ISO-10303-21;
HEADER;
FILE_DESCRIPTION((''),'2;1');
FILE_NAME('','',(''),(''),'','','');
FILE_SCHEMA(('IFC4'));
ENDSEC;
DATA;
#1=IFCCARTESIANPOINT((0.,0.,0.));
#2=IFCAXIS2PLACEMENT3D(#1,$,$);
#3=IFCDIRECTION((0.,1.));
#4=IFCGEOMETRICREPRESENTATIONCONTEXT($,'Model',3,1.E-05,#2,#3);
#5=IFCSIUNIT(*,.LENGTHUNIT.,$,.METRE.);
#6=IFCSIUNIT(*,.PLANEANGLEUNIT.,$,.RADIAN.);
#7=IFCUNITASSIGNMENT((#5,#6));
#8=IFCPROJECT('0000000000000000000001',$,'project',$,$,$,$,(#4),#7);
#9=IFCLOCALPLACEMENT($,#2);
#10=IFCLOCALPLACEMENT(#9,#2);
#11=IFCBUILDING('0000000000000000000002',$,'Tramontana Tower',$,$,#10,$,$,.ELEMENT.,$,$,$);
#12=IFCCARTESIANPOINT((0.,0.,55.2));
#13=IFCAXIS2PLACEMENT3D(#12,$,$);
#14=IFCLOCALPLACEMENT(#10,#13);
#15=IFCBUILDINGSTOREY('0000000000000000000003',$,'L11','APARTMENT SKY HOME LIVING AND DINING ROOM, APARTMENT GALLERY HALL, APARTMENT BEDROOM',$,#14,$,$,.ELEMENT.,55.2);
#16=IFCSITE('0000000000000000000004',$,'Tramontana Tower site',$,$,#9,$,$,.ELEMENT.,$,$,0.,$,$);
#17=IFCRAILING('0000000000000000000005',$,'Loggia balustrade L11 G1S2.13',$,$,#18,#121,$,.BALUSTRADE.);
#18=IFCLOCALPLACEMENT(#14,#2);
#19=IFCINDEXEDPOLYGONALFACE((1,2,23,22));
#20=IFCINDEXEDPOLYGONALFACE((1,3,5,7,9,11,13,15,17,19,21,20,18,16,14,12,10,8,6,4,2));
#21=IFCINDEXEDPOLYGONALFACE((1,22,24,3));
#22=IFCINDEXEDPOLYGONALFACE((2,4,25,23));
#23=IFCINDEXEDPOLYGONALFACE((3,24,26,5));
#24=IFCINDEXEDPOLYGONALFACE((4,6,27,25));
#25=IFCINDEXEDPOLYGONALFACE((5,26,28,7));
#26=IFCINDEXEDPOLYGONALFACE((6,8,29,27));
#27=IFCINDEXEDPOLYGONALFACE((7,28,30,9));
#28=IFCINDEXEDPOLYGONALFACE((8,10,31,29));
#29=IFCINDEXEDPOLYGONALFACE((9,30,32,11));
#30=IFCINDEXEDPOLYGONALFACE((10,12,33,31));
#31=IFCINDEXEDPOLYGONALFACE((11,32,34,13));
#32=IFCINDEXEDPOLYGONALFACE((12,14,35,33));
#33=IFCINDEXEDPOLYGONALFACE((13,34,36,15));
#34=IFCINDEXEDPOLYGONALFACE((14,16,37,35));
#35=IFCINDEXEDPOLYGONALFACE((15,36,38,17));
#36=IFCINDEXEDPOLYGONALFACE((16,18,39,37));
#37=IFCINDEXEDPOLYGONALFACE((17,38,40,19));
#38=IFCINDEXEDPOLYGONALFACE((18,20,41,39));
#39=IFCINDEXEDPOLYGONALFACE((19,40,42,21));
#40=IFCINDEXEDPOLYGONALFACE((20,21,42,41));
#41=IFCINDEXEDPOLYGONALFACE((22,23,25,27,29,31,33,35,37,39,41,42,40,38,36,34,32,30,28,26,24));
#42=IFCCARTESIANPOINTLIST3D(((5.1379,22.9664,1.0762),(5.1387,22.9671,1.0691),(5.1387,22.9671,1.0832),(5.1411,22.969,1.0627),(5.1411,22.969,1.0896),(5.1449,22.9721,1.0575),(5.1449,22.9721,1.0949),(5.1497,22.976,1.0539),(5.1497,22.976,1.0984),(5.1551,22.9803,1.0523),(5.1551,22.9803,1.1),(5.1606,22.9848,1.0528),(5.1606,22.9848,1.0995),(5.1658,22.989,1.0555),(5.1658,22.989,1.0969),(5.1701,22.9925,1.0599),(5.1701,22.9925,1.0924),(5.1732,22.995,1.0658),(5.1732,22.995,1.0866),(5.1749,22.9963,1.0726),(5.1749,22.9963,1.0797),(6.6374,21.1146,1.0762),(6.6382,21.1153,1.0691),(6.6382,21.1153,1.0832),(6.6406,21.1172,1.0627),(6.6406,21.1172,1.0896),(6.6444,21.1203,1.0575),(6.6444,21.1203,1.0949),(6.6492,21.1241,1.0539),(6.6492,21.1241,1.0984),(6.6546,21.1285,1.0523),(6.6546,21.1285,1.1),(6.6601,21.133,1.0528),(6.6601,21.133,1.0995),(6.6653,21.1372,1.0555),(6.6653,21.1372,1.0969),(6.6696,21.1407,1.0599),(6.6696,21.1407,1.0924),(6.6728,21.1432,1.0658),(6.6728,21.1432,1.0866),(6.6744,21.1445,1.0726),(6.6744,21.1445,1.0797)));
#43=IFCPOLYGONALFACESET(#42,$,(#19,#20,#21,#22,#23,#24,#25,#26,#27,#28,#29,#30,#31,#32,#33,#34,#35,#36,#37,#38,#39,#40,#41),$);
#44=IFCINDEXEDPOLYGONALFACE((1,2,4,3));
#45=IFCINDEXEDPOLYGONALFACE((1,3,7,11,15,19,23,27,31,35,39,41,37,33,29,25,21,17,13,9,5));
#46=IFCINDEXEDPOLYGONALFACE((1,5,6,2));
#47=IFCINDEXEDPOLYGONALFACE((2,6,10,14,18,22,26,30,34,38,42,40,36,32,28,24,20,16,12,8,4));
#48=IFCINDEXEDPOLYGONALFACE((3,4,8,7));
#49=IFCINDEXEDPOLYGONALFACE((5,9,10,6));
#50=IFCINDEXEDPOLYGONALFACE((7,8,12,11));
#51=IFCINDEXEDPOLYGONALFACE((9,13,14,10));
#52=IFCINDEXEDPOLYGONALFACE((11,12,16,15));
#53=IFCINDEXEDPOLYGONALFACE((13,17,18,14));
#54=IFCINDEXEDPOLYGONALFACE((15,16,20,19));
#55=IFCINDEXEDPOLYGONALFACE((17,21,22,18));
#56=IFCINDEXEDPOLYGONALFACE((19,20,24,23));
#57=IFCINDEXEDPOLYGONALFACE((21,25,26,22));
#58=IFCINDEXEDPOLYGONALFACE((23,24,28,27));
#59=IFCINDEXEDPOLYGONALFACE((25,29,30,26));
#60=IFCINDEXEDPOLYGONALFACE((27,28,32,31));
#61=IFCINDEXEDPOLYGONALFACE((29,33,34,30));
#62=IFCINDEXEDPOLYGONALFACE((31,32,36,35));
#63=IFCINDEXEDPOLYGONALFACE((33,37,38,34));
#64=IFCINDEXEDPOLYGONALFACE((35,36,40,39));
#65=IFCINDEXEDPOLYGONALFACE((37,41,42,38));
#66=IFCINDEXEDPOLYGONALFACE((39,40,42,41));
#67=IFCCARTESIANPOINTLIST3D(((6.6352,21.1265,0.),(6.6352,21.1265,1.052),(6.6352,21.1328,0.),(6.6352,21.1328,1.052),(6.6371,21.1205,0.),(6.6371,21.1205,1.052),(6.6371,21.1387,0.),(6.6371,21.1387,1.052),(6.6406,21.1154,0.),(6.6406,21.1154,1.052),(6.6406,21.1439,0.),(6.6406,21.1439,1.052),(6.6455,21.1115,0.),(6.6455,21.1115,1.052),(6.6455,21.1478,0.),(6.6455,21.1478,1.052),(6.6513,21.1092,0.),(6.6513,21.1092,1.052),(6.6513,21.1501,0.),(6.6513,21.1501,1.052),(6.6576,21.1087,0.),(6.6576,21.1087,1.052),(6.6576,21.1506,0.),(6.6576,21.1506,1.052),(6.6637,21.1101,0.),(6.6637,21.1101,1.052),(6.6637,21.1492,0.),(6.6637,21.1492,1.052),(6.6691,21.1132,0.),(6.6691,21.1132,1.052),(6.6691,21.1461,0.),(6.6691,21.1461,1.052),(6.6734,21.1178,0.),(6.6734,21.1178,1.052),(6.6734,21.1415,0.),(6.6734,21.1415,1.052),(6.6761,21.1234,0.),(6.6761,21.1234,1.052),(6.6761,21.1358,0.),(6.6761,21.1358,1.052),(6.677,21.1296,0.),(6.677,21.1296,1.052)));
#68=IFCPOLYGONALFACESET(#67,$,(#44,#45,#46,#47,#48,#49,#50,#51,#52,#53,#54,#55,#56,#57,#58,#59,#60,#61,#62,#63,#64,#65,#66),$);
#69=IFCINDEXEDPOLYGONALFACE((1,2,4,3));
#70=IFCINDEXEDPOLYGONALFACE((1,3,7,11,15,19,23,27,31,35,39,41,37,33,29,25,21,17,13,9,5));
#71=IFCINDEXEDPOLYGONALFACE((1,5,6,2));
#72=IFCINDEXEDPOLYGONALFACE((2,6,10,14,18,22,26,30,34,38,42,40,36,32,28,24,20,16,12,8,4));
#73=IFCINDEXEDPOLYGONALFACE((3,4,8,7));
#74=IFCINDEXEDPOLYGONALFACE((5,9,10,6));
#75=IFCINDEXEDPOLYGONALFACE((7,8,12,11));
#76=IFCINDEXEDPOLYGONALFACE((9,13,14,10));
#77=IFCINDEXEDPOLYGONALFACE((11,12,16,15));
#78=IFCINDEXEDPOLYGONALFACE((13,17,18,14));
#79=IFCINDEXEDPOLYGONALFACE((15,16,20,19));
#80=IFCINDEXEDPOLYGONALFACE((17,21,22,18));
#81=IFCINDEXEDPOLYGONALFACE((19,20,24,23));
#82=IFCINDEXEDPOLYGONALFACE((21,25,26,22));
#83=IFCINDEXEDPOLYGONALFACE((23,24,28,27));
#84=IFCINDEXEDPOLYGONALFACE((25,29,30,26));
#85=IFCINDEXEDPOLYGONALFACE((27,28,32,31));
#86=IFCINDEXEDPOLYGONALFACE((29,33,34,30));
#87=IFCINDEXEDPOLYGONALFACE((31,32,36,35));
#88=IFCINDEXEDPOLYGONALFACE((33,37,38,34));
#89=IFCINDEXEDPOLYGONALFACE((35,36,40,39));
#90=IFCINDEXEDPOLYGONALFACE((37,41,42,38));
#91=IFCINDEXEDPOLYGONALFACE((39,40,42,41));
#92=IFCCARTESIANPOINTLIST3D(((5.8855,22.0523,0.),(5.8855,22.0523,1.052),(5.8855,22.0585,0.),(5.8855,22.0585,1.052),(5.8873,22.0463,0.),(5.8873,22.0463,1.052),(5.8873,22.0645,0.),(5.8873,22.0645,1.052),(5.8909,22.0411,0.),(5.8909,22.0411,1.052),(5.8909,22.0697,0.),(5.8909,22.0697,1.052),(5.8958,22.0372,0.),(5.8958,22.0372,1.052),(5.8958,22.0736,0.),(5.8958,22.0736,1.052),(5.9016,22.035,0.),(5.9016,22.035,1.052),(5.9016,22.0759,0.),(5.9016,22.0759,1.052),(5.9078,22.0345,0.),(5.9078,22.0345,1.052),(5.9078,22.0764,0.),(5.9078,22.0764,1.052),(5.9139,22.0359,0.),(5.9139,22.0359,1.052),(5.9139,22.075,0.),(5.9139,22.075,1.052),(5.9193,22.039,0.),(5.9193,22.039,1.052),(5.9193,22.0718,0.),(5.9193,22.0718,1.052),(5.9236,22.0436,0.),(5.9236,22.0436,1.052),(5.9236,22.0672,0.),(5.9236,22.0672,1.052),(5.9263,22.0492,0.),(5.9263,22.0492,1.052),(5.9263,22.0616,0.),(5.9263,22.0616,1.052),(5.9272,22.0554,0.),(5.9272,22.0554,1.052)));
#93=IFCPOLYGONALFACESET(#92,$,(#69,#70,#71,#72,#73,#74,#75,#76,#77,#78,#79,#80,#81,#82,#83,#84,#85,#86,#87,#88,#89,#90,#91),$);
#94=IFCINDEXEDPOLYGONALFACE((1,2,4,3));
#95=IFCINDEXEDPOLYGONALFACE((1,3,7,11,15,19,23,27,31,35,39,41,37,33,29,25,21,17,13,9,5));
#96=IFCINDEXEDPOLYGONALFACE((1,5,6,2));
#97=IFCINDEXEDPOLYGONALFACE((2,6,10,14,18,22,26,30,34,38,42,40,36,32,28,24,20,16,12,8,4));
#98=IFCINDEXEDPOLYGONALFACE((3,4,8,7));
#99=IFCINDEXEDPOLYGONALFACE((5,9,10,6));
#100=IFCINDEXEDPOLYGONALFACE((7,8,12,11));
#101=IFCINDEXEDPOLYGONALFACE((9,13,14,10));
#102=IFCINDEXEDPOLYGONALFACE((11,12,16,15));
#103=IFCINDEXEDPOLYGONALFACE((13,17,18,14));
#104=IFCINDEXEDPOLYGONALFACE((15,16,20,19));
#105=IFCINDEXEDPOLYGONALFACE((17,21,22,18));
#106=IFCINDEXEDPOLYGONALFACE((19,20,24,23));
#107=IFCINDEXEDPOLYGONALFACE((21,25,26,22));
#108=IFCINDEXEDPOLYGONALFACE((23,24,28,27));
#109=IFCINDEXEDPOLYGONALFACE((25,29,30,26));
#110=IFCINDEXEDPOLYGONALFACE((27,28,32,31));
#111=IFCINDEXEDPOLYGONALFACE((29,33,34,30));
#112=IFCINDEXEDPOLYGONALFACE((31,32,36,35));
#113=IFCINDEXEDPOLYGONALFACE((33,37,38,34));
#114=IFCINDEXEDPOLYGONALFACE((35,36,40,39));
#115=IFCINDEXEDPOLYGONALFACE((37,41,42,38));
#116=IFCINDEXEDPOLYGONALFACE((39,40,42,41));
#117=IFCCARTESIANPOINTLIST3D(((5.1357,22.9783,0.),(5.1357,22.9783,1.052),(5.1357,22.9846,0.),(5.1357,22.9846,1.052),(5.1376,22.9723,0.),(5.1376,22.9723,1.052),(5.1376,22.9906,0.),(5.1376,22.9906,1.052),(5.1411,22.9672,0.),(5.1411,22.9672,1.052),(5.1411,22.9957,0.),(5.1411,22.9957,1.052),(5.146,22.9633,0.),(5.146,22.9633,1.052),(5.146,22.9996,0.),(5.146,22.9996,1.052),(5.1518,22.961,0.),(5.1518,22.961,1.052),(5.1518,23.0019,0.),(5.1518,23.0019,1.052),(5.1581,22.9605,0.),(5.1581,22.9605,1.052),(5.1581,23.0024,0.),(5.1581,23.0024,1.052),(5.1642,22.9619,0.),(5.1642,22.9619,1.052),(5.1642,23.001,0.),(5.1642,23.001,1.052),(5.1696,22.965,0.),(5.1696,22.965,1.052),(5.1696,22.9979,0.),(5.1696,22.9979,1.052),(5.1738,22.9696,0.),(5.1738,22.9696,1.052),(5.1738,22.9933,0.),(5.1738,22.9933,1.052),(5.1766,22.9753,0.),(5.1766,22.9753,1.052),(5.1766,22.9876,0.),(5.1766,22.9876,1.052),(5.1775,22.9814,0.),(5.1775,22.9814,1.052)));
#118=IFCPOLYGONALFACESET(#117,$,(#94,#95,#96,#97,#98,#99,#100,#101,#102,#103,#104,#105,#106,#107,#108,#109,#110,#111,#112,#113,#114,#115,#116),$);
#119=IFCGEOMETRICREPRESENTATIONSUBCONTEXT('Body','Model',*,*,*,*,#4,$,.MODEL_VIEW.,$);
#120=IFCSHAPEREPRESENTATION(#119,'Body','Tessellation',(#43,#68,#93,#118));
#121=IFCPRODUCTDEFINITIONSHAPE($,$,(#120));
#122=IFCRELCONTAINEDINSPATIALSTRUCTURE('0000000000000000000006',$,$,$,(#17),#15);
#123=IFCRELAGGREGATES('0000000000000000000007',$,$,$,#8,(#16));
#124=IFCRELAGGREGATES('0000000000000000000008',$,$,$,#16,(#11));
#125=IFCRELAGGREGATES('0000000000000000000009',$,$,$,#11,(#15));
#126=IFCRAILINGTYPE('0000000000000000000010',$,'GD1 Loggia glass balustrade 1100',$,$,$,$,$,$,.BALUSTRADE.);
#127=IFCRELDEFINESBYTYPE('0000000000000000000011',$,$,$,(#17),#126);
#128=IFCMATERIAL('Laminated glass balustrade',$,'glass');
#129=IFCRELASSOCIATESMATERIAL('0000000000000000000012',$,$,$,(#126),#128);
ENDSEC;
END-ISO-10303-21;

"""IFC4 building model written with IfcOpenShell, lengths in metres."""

from ifc_helpers import new_model, si_unit, direction, frame, origin, origin_2d, place, context, subcontext, project, spatial, circle, extrude, material, type_object, element, save


model = new_model("IFC4")

# Units and contexts
model_context = context("Model", 3, precision=1e-05, world=origin(), true_north=direction((0.0, 1.0)))
body_context = subcontext(model_context, "Body", "Model", "MODEL_VIEW")
ifc_project = project(units=[si_unit("LENGTHUNIT", "METRE"), si_unit("PLANEANGLEUNIT", "RADIAN")], contexts=[model_context])

# Site, building, storey
site_placement = place(None, origin())
site = spatial("IfcSite", under=ifc_project, at=site_placement, Name="Tramontana Tower site", CompositionType="ELEMENT", RefElevation=0.0)
building_placement = place(site_placement, origin())
building = spatial("IfcBuilding", under=site, at=building_placement, Name="Tramontana Tower", CompositionType="ELEMENT")
storey_placement = place(building_placement, frame((0.0, 0.0, 55.2)))
storey = spatial("IfcBuildingStorey", under=building, at=storey_placement, Name="L11", Description="APARTMENT SKY HOME LIVING AND DINING ROOM, APARTMENT GALLERY HALL, APARTMENT BEDROOM", CompositionType="ELEMENT", Elevation=55.2)

# Railing
ifc_material_1 = material(Name="Laminated glass balustrade", Category="glass")
railing_type = type_object("IfcRailingType", Name="GD1 Loggia glass balustrade 1100", PredefinedType="BALUSTRADE", material=ifc_material_1)
railing_placement = place(storey_placement, frame((6.656, 21.1296, 0.0)))
element("IfcRailing", 1, at=railing_placement, inside=storey, type_object=railing_type, Name="Loggia balustrade L11 G1S2.13", PredefinedType="BALUSTRADE", context=body_context, shape_type="SweptSolid", body=[
    extrude(circle(Radius=0.0239, at=origin_2d()), frame((0.0, 0.0, 1.0762), z_axis=(-0.629307, 0.777157, 0.0), x_axis=(-0.777157, -0.629307, 0.0)), (0.0, 0.0, 1.0), 2.3828),
    extrude(circle(Radius=0.021, at=origin_2d()), origin(), (0.0, 0.0, 1.0), 1.052),
    extrude(circle(Radius=0.021, at=origin_2d()), frame((-0.7498, 0.9258, 0.0)), (0.0, 0.0, 1.0), 1.052),
    extrude(circle(Radius=0.021, at=origin_2d()), frame((-1.4995, 1.8518, 0.0)), (0.0, 0.0, 1.0), 1.052),
])

save(model, "model.ifc")
